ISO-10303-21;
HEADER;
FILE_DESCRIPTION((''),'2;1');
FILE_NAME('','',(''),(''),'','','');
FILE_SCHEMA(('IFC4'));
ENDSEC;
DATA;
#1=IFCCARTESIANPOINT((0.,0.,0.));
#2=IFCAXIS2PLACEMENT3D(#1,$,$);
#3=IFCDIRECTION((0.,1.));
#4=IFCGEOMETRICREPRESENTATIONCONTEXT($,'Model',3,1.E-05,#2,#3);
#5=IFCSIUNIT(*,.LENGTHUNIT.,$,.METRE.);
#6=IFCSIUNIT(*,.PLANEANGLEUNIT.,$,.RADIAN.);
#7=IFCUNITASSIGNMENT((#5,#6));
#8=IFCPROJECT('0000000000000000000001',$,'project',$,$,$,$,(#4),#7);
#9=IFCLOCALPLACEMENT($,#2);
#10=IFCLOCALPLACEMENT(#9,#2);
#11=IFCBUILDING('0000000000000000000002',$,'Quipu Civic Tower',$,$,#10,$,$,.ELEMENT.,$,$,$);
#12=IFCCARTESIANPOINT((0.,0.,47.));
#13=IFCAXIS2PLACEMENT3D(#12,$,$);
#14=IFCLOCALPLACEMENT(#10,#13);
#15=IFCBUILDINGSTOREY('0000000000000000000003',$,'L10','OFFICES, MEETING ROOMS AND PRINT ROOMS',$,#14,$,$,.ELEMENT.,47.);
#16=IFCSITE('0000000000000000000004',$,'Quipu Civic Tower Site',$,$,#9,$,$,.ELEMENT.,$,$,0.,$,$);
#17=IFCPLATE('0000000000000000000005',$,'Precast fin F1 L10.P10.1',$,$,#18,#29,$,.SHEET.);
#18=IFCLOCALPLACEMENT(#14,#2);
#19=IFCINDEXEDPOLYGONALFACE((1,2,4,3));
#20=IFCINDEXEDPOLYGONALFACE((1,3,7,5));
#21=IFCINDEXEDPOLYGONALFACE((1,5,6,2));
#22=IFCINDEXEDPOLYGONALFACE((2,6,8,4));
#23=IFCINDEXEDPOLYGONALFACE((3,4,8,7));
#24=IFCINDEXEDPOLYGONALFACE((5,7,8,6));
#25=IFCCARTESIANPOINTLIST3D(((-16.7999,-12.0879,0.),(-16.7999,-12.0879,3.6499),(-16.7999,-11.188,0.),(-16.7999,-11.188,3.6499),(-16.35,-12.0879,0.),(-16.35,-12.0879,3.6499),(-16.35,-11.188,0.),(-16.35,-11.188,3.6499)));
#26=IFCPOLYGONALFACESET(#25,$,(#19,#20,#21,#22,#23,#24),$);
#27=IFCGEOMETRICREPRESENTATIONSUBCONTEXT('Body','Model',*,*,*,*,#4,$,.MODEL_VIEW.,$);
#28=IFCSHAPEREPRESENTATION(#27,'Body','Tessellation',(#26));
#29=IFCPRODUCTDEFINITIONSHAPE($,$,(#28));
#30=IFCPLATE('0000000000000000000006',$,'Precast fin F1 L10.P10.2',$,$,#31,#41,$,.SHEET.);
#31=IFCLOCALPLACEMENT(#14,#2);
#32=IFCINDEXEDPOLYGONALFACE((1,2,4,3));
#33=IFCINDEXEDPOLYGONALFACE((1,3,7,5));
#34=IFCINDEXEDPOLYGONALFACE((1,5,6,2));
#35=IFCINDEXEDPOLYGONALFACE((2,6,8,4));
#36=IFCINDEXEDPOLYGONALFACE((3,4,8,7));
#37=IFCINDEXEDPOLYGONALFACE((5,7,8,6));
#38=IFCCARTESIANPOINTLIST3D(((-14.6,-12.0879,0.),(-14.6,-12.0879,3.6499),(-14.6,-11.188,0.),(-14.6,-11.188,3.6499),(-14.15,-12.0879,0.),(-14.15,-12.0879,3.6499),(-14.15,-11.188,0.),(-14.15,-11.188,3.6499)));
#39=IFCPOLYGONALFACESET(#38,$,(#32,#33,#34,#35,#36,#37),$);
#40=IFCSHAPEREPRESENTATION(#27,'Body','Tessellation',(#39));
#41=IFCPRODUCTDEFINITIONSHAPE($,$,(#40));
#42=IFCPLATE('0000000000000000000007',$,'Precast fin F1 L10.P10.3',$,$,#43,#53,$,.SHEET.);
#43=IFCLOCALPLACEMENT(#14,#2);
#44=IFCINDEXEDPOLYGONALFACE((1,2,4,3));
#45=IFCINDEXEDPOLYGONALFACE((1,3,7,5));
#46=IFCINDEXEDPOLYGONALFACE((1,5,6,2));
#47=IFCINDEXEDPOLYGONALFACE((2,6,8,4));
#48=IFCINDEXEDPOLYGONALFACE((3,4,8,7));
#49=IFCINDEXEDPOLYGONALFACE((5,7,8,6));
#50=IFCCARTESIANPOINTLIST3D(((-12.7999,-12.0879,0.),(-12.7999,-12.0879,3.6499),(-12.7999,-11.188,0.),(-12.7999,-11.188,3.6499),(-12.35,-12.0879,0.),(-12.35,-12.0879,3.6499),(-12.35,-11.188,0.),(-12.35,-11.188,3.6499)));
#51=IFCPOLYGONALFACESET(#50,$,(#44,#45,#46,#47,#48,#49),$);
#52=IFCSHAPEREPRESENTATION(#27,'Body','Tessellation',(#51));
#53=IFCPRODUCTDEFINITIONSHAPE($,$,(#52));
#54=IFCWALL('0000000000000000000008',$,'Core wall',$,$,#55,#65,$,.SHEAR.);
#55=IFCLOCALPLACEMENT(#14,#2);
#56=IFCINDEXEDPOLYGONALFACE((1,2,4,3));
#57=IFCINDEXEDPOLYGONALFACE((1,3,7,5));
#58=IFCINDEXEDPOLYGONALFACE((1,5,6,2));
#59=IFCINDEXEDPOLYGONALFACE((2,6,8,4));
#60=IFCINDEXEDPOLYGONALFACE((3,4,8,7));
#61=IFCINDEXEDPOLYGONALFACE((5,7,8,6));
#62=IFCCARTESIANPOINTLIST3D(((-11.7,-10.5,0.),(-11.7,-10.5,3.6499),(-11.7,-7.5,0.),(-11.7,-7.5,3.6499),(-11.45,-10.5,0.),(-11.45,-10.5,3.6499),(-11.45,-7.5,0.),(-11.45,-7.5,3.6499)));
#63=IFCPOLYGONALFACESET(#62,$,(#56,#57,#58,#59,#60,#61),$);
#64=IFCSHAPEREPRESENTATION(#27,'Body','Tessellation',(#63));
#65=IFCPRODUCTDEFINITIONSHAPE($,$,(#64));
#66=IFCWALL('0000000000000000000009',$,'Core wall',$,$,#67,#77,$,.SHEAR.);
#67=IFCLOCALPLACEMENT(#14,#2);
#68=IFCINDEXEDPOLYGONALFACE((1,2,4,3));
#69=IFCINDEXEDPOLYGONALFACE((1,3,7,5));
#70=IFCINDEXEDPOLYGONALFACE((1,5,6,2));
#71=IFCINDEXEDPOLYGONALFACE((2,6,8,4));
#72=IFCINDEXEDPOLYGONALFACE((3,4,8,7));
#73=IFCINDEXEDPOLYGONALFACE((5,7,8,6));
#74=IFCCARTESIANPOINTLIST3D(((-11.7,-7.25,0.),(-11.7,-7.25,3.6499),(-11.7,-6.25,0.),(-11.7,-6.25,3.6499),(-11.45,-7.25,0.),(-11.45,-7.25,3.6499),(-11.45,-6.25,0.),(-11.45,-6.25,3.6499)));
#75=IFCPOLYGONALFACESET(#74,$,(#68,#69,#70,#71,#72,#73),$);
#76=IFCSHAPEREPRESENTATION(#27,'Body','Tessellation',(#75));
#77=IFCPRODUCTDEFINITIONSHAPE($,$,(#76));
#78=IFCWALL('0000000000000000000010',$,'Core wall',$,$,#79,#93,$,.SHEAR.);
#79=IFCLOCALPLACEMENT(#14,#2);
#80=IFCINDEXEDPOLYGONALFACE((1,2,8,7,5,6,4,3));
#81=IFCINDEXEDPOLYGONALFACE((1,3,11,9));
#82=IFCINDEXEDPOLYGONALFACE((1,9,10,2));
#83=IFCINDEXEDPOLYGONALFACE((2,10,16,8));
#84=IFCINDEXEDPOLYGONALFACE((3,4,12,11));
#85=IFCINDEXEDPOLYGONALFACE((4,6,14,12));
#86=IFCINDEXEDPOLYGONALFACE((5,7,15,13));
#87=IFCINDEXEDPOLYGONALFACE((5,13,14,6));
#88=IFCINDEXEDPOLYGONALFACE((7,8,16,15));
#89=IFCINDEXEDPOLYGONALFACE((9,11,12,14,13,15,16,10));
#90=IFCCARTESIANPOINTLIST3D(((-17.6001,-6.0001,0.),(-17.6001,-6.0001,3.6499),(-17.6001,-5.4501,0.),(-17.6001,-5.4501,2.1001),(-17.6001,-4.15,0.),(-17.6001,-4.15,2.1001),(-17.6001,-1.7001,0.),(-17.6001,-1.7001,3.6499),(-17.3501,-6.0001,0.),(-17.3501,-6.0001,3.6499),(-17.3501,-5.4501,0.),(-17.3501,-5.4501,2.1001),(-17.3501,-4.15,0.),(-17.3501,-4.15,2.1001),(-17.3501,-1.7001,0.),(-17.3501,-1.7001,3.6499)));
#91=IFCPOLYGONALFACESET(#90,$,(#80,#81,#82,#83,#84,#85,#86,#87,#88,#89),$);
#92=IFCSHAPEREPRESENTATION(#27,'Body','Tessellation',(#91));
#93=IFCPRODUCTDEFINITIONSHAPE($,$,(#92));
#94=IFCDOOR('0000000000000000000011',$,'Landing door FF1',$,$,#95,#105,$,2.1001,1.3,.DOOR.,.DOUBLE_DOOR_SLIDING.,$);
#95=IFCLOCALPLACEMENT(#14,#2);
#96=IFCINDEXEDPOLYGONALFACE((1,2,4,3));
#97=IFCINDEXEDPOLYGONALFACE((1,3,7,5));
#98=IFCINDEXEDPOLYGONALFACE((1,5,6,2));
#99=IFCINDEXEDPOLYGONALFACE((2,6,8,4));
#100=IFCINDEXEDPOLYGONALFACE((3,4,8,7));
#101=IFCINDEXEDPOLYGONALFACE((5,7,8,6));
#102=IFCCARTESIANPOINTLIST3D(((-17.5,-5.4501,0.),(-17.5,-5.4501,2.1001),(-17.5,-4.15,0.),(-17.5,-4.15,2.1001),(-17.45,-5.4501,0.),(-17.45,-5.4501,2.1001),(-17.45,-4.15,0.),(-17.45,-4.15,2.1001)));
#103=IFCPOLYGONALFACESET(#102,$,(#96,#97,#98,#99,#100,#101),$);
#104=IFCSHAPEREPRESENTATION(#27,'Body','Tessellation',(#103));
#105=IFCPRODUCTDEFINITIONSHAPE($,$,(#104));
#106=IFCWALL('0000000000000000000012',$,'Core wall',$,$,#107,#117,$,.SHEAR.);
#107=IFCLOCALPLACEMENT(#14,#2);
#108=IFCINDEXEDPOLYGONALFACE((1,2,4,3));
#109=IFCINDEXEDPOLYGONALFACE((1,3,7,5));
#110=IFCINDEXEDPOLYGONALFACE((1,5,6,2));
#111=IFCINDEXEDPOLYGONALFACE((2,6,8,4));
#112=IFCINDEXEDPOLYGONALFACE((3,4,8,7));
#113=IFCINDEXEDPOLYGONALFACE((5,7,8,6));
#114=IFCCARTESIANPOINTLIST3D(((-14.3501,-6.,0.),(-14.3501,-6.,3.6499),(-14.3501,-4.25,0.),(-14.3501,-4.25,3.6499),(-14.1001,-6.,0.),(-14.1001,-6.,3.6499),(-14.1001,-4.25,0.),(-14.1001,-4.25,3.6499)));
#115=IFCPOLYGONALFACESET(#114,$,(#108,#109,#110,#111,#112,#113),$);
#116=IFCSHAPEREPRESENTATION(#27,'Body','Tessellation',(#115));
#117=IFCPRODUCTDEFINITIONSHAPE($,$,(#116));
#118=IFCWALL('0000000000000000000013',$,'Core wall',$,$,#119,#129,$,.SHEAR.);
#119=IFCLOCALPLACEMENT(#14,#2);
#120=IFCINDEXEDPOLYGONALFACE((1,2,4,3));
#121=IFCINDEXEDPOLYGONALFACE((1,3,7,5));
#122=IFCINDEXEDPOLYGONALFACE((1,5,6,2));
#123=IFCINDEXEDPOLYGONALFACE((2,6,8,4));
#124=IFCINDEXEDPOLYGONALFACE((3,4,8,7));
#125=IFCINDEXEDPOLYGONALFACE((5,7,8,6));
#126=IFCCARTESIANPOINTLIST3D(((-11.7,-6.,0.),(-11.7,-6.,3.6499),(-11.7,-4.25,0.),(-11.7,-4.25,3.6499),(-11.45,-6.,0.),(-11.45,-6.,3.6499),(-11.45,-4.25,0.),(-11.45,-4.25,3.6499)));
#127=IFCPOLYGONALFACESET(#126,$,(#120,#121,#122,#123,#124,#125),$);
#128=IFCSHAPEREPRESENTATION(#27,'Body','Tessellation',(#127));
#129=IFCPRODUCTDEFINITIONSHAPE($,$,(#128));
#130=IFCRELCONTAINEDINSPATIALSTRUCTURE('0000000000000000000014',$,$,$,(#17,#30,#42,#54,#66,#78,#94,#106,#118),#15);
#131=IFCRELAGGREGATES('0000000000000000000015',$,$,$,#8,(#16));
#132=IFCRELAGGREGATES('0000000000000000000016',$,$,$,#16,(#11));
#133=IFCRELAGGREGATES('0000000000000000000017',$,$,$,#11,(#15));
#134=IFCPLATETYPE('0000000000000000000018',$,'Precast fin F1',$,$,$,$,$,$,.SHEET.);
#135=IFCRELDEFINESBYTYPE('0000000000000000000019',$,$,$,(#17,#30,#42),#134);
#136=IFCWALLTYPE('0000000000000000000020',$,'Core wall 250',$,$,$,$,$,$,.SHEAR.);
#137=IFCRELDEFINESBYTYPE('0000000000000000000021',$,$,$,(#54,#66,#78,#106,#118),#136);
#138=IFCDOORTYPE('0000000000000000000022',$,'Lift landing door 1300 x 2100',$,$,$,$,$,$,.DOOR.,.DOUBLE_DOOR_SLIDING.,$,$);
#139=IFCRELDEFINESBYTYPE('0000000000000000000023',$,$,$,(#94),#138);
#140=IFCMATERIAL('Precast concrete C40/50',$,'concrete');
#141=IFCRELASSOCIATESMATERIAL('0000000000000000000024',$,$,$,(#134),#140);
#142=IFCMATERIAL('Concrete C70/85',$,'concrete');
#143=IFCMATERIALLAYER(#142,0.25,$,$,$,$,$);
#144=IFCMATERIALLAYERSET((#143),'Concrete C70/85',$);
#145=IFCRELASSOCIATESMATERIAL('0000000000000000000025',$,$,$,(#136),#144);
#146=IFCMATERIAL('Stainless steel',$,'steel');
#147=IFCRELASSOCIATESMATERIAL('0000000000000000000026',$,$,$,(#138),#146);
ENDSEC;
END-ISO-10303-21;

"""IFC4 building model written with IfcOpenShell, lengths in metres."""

from ifc_helpers import new_model, si_unit, direction, frame, frame_2d, origin, origin_2d, place, context, subcontext, project, spatial, rectangle, extrude, material, layer, layer_set, type_object, element, fill, save


model = new_model("IFC4")

# Units and contexts
model_context = context("Model", 3, precision=1e-05, world=origin(), true_north=direction((0.0, 1.0)))
body_context = subcontext(model_context, "Body", "Model", "MODEL_VIEW")
ifc_project = project(units=[si_unit("LENGTHUNIT", "METRE"), si_unit("PLANEANGLEUNIT", "RADIAN")], contexts=[model_context])

# Site, building, storey
site_placement = place(None, origin())
site = spatial("IfcSite", under=ifc_project, at=site_placement, Name="Quipu Civic Tower Site", CompositionType="ELEMENT", RefElevation=0.0)
building_placement = place(site_placement, origin())
building = spatial("IfcBuilding", under=site, at=building_placement, Name="Quipu Civic Tower", CompositionType="ELEMENT")
storey_placement = place(building_placement, frame((0.0, 0.0, 47.0)))
storey = spatial("IfcBuildingStorey", under=building, at=storey_placement, Name="L10", Description="OFFICES, MEETING ROOMS AND PRINT ROOMS", CompositionType="ELEMENT", Elevation=47.0)

# Plates
ifc_material_1 = material(Name="Precast concrete C40/50", Category="concrete")
plate_type = type_object("IfcPlateType", Name="Precast fin F1", PredefinedType="SHEET", material=ifc_material_1)
for number, where, z_axis, x_axis, name in (
    (1, (-16.575, -11.6379, 0.0), (0.0, 0.0, 1.0), (1.0, 0.0, 0.0), "Precast fin F1 L10.P10.1"),
    (2, (-14.375, -11.6379, 0.0), (0.0, 0.0, 1.0), (1.0, 0.0, 0.0), "Precast fin F1 L10.P10.2"),
    (3, (-12.575, -11.6379, 0.0), (0.0, 0.0, 1.0), (1.0, 0.0, 0.0), "Precast fin F1 L10.P10.3"),
):
    element("IfcPlate", number, at=place(storey_placement, frame(where, z_axis=z_axis, x_axis=x_axis)), inside=storey, type_object=plate_type, Name=name, PredefinedType="SHEET", context=body_context, shape_type="SweptSolid", body=[
        extrude(rectangle(XDim=0.45, YDim=0.8999, at=origin_2d()), origin(), (0.0, 0.0, 1.0), 3.6499),
    ])

# Walls
ifc_material_2 = material(Name="Concrete C70/85", Category="concrete")
ifc_layer = layer(ifc_material_2, 0.25)
ifc_layer_set = layer_set([ifc_layer], Name="Concrete C70/85")
wall_type_1 = type_object("IfcWallType", Name="Core wall 250", PredefinedType="SHEAR", material=ifc_layer_set)
wall_1_placement = place(storey_placement, frame((-11.575, -10.5, 0.0), z_axis=(0.0, 0.0, 1.0), x_axis=(0.0, 1.0, 0.0)))
element("IfcWall", 4, at=wall_1_placement, inside=storey, type_object=wall_type_1, Name="Core wall", PredefinedType="SHEAR", context=body_context, shape_type="SweptSolid", body=[
    extrude(rectangle(XDim=3.0, YDim=0.25, at=frame_2d((1.5, 0.0))), origin(), (0.0, 0.0, 1.0), 3.6499),
])
wall_2_placement = place(storey_placement, frame((-11.575, -7.25, 0.0), z_axis=(0.0, 0.0, 1.0), x_axis=(0.0, 1.0, 0.0)))
element("IfcWall", 5, at=wall_2_placement, inside=storey, type_object=wall_type_1, Name="Core wall", PredefinedType="SHEAR", context=body_context, shape_type="SweptSolid", body=[
    extrude(rectangle(XDim=1.0, YDim=0.25, at=frame_2d((0.5, 0.0))), origin(), (0.0, 0.0, 1.0), 3.6499),
])

# Wall, opening, door
wall_3_placement = place(storey_placement, frame((-17.4751, -6.0, 0.0), z_axis=(0.0, 0.0, 1.0), x_axis=(0.0, 1.0, 0.0)))
wall_3 = element("IfcWall", 6, at=wall_3_placement, inside=storey, type_object=wall_type_1, Name="Core wall", PredefinedType="SHEAR", context=body_context, shape_type="SweptSolid", body=[
    extrude(rectangle(XDim=4.3, YDim=0.25, at=frame_2d((2.1499, 0.0))), origin(), (0.0, 0.0, 1.0), 3.6499),
])
opening_1_placement = place(wall_3_placement, frame((0.55, 0.0, 0.0)))
opening_1 = element("IfcOpeningElement", 7, at=opening_1_placement, cuts=wall_3, PredefinedType="OPENING", context=body_context, shape_type="SweptSolid", body=[
    extrude(rectangle(XDim=1.3, YDim=2.1001, at=frame_2d((0.6499, 1.05))), frame((0.0, 0.135, 0.0), z_axis=(0.0, -1.0, 0.0), x_axis=(1.0, 0.0, 0.0)), (0.0, 0.0, 1.0), 0.27),
])
ifc_material_3 = material(Name="Stainless steel", Category="steel")
door_type_1 = type_object("IfcDoorType", Name="Lift landing door 1300 x 2100", OperationType="DOUBLE_DOOR_SLIDING", PredefinedType="DOOR", material=ifc_material_3)
door_1_placement = place(opening_1_placement, origin())
door_1 = element("IfcDoor", 8, at=door_1_placement, inside=storey, type_object=door_type_1, Name="Landing door FF1", OperationType="DOUBLE_DOOR_SLIDING", OverallHeight=2.1001, OverallWidth=1.3, PredefinedType="DOOR", context=body_context, shape_type="SweptSolid", body=[
    extrude(rectangle(XDim=1.3, YDim=2.1001, at=frame_2d((0.6499, 1.05))), frame((0.0, 0.0249, 0.0), z_axis=(0.0, -1.0, 0.0), x_axis=(1.0, 0.0, 0.0)), (0.0, 0.0, 1.0), 0.05),
])
fill(opening_1, door_1)

# Walls
for number, where, z_axis, x_axis, name in (
    (9, (-14.2251, -6.0, 0.0), (0.0, 0.0, 1.0), (0.0, 1.0, 0.0), "Core wall"),
    (10, (-11.575, -6.0, 0.0), (0.0, 0.0, 1.0), (0.0, 1.0, 0.0), "Core wall"),
):
    element("IfcWall", number, at=place(storey_placement, frame(where, z_axis=z_axis, x_axis=x_axis)), inside=storey, type_object=wall_type_1, Name=name, PredefinedType="SHEAR", context=body_context, shape_type="SweptSolid", body=[
        extrude(rectangle(XDim=1.75, YDim=0.25, at=frame_2d((0.875, 0.0))), origin(), (0.0, 0.0, 1.0), 3.6499),
    ])

save(model, "model.ifc")
